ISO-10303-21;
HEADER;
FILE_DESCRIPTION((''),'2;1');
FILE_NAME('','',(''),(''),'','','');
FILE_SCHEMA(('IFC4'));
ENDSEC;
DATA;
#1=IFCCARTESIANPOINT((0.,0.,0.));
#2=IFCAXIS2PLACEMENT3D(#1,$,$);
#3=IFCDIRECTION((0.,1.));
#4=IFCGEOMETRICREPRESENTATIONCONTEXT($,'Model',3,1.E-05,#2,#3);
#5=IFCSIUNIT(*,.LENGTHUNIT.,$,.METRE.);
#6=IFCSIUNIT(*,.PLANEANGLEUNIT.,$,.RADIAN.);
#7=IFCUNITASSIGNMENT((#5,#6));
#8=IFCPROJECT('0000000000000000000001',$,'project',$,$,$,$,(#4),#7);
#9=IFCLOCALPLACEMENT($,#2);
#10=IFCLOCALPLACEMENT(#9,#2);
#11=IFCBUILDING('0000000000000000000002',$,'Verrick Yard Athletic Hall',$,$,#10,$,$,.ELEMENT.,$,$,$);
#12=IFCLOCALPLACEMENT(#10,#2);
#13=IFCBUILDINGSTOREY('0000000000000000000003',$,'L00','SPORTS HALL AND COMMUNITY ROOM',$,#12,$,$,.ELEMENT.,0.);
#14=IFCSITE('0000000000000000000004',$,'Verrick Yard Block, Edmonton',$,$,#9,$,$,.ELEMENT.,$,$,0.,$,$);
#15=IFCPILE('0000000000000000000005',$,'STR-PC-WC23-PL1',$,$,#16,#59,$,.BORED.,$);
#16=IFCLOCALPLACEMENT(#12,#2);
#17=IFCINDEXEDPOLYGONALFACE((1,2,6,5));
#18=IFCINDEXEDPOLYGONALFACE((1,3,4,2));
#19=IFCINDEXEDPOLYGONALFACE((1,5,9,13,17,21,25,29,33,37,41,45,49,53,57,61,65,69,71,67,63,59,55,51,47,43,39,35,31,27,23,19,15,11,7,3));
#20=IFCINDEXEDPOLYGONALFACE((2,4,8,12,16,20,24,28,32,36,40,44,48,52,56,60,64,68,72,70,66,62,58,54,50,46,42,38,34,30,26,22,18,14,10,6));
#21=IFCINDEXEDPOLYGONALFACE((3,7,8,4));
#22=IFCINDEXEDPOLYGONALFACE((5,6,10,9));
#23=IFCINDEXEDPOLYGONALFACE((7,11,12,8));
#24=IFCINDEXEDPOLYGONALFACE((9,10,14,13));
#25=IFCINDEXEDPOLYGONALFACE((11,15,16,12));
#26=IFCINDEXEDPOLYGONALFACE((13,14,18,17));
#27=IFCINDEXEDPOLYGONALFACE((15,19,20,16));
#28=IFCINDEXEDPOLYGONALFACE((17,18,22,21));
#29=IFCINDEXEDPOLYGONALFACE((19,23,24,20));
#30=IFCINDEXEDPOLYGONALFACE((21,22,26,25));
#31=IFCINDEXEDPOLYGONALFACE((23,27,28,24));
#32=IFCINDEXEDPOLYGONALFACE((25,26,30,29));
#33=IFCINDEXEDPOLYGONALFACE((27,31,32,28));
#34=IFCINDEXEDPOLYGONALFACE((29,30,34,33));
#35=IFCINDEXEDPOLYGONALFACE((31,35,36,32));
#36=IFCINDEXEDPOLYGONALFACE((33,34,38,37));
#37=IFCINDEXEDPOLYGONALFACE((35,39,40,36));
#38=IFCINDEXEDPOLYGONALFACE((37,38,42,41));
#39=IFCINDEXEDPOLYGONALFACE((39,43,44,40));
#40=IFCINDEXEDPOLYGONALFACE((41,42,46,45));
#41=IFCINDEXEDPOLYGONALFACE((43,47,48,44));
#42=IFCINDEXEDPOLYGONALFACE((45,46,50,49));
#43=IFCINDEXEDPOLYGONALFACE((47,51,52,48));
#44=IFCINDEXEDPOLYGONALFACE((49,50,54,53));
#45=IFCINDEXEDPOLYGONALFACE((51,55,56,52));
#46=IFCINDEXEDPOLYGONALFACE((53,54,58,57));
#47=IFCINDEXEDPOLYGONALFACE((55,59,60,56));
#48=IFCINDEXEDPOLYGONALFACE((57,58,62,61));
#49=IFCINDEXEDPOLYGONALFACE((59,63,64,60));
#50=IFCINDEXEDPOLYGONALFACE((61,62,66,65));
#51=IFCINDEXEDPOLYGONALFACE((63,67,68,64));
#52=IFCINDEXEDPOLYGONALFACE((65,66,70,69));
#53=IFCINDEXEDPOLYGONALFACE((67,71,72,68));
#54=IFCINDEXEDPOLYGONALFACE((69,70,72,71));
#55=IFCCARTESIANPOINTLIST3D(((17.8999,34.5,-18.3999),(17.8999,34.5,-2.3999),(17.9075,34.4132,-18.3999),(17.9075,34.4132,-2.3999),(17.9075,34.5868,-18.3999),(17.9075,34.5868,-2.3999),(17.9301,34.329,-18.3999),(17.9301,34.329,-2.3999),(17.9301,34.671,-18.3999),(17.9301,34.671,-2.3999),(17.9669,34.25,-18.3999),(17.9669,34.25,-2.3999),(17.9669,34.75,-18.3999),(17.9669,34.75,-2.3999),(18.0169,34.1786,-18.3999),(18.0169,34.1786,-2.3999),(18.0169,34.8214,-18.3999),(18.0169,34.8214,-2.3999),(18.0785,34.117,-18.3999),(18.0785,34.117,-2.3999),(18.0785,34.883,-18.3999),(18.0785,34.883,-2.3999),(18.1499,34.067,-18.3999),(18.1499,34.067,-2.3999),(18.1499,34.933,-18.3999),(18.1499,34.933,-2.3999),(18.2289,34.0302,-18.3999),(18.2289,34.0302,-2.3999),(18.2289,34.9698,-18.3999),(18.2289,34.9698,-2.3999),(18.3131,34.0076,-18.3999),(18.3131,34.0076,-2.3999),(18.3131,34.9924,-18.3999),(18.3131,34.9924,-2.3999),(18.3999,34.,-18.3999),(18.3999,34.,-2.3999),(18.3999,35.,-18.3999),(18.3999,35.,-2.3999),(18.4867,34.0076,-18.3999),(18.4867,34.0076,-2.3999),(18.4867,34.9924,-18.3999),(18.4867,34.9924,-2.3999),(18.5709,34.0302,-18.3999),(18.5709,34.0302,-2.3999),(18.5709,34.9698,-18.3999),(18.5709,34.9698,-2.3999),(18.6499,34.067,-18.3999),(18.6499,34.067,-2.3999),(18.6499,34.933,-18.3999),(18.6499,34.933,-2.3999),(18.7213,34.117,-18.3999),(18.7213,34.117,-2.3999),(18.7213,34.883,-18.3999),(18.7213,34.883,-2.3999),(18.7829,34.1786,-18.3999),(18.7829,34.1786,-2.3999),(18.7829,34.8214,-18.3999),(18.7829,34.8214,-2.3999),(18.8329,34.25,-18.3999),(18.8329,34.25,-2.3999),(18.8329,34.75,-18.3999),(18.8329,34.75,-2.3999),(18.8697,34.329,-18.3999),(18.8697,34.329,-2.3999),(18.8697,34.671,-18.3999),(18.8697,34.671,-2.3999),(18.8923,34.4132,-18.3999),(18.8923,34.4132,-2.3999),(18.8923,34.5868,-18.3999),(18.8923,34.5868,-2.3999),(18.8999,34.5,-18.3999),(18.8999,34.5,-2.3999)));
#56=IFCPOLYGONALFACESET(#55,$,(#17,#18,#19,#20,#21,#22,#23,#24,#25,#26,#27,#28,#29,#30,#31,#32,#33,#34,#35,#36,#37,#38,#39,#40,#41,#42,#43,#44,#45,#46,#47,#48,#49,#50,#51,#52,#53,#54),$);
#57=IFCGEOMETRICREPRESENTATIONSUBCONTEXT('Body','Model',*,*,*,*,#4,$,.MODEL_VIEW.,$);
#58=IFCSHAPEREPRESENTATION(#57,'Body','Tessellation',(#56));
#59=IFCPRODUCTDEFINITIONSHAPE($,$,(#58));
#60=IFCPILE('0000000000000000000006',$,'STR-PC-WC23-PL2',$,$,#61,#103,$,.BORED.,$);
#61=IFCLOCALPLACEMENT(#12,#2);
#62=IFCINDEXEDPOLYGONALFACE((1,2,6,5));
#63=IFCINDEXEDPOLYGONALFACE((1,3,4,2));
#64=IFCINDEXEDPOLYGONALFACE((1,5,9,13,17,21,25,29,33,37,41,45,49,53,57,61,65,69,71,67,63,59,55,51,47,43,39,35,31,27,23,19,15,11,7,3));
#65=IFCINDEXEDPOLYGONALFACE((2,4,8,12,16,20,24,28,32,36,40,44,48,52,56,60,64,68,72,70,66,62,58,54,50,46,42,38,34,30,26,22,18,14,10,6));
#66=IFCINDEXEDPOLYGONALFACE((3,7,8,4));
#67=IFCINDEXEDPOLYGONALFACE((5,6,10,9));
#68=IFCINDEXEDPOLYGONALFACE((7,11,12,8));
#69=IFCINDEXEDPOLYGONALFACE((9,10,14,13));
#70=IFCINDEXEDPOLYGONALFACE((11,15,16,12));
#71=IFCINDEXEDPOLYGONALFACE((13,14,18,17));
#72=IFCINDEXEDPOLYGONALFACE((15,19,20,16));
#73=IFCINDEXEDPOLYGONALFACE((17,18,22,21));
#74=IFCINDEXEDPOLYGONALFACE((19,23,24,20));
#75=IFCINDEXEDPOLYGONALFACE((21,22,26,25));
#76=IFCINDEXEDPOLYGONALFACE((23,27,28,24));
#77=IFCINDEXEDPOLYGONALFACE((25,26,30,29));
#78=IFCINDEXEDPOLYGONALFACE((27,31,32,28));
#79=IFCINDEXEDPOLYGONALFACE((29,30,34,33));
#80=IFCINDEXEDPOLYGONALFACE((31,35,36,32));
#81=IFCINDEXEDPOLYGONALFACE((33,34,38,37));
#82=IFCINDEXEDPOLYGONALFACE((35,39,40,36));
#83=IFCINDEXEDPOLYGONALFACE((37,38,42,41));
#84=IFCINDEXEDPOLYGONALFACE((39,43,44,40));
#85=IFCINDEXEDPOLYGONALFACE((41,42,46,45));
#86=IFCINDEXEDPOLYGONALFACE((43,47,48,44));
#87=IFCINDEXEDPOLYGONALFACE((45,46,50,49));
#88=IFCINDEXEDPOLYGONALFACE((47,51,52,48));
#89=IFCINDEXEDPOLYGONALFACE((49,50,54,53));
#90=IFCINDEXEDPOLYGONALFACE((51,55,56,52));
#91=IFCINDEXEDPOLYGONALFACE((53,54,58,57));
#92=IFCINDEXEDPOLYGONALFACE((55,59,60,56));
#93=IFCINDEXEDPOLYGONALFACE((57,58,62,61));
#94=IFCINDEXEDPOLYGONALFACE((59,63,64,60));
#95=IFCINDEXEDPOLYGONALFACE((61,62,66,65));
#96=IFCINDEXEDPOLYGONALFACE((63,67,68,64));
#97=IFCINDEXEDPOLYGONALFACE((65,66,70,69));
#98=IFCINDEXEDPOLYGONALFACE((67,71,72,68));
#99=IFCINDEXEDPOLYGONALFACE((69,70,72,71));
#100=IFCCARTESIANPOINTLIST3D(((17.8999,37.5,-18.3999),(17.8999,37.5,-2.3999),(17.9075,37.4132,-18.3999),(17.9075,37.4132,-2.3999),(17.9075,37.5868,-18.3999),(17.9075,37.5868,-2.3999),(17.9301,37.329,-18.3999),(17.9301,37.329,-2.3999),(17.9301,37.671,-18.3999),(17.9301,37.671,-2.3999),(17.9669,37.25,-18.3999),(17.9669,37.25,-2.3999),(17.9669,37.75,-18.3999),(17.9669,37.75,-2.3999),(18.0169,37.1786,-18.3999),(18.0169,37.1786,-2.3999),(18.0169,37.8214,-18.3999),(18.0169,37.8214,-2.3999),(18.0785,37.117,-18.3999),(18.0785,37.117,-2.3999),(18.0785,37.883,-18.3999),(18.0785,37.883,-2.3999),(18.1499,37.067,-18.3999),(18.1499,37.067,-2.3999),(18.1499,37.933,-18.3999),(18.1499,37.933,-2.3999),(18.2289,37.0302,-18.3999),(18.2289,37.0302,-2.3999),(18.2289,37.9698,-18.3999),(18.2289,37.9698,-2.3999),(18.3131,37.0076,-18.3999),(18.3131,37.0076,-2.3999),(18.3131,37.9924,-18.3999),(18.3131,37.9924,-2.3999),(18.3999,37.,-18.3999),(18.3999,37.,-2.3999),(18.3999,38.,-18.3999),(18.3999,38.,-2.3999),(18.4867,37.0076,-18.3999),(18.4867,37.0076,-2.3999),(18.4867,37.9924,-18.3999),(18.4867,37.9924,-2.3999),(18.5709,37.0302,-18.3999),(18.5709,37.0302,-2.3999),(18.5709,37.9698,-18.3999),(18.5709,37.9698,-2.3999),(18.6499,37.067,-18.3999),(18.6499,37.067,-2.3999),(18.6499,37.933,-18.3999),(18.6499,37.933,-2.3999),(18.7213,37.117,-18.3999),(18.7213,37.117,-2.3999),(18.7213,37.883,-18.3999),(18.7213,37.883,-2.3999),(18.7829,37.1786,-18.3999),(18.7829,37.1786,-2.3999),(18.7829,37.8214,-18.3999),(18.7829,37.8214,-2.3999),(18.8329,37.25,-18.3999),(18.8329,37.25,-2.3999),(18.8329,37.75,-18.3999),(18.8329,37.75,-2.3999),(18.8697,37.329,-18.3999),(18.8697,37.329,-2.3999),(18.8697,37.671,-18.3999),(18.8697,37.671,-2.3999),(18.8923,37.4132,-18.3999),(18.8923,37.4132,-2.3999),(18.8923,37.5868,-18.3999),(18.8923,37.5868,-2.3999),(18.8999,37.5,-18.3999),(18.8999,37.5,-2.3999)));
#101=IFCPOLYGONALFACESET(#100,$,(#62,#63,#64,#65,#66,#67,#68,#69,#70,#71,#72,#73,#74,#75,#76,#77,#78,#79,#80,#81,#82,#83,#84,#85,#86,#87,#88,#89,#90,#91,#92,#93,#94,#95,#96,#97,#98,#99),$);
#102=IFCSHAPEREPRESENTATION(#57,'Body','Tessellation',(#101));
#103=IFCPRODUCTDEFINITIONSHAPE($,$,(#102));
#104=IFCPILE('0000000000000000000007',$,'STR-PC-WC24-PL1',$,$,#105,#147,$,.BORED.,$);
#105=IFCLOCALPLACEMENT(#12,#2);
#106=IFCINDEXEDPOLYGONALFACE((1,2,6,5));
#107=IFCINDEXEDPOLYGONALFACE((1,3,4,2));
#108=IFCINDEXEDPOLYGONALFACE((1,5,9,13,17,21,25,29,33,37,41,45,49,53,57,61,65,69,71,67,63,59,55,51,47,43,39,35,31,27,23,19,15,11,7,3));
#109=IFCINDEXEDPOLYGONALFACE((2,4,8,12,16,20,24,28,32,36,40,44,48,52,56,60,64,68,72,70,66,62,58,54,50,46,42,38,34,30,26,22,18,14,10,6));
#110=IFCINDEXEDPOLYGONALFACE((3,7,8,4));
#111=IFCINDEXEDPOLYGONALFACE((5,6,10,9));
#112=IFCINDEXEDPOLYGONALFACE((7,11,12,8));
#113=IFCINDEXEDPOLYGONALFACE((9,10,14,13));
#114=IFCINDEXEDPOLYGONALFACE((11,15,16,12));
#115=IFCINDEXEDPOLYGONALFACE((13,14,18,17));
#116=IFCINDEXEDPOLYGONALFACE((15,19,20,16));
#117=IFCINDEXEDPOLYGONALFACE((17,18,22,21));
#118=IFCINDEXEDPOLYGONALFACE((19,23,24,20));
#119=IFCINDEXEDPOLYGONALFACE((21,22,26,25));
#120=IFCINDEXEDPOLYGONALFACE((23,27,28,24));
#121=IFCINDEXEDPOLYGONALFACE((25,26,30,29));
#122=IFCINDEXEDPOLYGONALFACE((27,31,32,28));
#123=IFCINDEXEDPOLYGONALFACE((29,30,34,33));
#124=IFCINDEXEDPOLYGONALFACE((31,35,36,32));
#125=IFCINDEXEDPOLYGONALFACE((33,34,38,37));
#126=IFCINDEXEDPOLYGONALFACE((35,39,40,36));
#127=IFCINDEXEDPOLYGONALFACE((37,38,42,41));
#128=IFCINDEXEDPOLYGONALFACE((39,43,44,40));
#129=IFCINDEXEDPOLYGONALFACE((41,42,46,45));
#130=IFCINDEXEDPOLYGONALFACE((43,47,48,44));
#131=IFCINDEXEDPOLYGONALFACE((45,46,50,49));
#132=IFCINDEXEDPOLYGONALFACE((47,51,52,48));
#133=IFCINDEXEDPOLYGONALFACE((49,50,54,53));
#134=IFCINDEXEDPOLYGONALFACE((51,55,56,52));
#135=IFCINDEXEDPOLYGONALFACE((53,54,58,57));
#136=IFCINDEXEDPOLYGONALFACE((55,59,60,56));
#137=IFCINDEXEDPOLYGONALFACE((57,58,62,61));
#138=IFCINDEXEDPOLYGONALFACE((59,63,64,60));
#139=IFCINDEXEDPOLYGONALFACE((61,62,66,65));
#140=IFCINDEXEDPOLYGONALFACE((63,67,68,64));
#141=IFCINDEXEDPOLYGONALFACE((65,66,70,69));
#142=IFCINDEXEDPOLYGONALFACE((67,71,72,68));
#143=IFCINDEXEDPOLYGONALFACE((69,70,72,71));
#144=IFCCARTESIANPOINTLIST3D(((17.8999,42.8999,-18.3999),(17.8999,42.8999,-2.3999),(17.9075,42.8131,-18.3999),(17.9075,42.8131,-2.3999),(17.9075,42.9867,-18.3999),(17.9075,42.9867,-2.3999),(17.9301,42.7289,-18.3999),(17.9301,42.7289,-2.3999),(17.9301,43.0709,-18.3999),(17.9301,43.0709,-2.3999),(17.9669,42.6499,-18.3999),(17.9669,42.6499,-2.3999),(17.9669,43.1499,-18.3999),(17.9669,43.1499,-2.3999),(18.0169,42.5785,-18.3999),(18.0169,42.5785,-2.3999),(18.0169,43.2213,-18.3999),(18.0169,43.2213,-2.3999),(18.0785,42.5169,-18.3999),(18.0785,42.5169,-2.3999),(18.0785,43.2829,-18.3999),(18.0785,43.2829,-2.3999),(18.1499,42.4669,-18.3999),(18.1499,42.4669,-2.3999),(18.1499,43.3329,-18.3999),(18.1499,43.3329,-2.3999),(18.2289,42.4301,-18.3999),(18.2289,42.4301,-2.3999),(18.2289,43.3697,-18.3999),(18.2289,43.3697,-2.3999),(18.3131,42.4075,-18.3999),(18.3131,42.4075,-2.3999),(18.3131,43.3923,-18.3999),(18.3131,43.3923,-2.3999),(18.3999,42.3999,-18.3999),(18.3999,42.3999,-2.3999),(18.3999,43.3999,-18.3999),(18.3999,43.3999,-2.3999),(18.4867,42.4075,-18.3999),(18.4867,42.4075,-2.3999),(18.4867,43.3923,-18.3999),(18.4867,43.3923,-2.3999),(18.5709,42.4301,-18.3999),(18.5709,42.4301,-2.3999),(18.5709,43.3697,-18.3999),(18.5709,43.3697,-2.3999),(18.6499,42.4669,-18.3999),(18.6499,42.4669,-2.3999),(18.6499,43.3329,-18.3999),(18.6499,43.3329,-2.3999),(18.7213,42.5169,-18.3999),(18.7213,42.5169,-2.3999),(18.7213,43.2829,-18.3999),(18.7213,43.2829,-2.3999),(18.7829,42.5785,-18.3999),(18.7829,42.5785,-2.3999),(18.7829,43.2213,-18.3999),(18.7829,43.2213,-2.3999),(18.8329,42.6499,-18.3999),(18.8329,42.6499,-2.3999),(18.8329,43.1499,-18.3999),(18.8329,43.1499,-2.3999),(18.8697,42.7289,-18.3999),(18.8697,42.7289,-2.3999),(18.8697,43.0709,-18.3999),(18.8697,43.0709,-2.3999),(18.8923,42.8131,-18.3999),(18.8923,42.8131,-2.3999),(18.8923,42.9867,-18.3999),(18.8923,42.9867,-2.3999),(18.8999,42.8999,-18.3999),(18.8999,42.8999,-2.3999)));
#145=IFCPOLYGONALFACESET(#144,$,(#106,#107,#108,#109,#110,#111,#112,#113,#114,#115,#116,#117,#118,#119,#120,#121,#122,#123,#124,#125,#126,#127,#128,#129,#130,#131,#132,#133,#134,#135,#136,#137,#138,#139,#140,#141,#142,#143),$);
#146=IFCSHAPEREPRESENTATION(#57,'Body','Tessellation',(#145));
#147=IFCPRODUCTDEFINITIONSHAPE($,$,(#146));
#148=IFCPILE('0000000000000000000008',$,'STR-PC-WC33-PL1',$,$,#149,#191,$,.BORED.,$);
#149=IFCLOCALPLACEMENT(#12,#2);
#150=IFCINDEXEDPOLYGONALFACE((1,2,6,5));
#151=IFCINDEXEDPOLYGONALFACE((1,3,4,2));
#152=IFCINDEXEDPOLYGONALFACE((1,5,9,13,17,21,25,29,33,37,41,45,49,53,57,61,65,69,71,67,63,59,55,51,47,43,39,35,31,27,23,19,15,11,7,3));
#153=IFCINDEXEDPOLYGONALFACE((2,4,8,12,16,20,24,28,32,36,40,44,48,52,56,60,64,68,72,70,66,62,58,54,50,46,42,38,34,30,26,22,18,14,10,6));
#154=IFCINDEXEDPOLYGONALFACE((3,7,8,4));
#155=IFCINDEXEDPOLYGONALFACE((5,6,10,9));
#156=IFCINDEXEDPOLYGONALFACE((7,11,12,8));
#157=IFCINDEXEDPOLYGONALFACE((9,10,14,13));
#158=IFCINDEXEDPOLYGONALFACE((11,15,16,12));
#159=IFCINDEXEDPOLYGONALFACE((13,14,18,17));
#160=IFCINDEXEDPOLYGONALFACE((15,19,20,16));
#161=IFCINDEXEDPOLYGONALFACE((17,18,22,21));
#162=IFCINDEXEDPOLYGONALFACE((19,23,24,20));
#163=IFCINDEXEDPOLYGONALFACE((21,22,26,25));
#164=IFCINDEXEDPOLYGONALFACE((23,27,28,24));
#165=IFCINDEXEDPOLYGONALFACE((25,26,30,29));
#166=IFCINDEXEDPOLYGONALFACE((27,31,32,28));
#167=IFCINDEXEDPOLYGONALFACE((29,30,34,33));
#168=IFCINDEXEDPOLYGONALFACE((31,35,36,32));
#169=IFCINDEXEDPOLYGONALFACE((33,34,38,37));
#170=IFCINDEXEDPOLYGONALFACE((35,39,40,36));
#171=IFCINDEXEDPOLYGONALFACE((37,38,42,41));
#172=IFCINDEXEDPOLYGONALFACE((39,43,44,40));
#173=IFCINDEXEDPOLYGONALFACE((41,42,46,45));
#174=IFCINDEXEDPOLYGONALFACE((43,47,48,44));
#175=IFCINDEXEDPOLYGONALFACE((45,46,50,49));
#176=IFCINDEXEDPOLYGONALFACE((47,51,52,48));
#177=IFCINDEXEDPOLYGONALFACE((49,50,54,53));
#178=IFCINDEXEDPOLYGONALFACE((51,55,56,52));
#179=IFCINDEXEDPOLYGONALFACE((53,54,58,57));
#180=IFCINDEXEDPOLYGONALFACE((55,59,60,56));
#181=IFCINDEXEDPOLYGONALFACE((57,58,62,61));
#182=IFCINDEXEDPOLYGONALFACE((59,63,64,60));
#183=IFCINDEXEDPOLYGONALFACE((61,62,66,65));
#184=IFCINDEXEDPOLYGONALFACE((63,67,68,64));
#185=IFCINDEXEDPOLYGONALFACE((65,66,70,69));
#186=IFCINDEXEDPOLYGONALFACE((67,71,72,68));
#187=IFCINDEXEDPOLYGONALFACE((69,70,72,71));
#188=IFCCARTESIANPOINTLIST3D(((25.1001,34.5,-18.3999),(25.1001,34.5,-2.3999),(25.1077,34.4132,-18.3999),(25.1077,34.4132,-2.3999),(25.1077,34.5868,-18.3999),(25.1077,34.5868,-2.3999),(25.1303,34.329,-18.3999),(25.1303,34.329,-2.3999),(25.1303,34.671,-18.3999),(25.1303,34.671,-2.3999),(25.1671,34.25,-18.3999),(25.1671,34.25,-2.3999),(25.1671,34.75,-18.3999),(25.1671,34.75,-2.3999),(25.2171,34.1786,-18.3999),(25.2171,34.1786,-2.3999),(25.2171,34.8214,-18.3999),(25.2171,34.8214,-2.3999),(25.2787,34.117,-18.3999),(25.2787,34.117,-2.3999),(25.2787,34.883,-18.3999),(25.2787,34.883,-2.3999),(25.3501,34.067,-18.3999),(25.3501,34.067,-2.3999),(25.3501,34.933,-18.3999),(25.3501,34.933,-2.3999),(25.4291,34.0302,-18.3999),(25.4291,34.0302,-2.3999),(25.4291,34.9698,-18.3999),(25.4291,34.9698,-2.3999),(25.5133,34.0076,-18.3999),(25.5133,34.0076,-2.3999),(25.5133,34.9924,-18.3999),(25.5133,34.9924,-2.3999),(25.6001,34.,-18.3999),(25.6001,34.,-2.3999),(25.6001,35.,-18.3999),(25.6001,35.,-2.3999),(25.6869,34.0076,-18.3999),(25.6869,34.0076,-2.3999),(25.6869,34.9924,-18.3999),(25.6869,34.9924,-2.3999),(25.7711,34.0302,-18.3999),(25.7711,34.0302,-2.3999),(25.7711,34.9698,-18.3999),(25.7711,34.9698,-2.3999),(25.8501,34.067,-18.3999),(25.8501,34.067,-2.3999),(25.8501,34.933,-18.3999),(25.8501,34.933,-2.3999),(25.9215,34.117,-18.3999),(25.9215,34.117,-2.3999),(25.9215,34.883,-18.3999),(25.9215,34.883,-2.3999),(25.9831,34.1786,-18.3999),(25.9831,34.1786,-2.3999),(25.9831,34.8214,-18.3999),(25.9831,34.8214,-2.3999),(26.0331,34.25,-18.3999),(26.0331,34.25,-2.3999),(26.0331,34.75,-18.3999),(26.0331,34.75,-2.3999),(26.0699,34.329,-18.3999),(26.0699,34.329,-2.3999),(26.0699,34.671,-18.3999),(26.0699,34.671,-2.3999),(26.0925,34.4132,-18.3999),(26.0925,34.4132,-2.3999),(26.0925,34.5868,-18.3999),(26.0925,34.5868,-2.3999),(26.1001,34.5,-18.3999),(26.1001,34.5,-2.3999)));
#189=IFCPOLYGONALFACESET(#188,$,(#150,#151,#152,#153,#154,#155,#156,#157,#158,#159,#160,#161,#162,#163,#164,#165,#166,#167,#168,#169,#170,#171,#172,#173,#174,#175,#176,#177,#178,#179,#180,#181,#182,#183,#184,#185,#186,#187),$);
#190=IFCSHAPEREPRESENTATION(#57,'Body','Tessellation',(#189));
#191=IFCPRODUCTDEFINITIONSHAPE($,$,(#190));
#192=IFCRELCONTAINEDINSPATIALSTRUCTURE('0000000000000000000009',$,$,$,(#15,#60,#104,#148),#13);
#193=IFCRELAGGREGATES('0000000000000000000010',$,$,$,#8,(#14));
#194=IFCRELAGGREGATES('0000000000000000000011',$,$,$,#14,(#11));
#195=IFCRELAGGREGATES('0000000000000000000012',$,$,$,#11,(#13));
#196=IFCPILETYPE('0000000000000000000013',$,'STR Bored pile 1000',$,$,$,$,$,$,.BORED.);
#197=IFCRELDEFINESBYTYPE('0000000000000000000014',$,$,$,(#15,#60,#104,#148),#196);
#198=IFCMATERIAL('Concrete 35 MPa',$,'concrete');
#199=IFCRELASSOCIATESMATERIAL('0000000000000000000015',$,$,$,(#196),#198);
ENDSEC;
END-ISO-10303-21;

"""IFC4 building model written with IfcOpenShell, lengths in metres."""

from ifc_helpers import new_model, si_unit, direction, frame, origin, origin_2d, place, context, subcontext, project, spatial, circle, extrude, material, type_object, element, save


model = new_model("IFC4")

# Units and contexts
model_context = context("Model", 3, precision=1e-05, world=origin(), true_north=direction((0.0, 1.0)))
body_context = subcontext(model_context, "Body", "Model", "MODEL_VIEW")
ifc_project = project(units=[si_unit("LENGTHUNIT", "METRE"), si_unit("PLANEANGLEUNIT", "RADIAN")], contexts=[model_context])

# Site, building, storey
site_placement = place(None, origin())
site = spatial("IfcSite", under=ifc_project, at=site_placement, Name="Verrick Yard Block, Edmonton", CompositionType="ELEMENT", RefElevation=0.0)
building_placement = place(site_placement, origin())
building = spatial("IfcBuilding", under=site, at=building_placement, Name="Verrick Yard Athletic Hall", CompositionType="ELEMENT")
storey_placement = place(building_placement, origin())
storey = spatial("IfcBuildingStorey", under=building, at=storey_placement, Name="L00", Description="SPORTS HALL AND COMMUNITY ROOM", CompositionType="ELEMENT", Elevation=0.0)

# Piles
ifc_material_1 = material(Name="Concrete 35 MPa", Category="concrete")
pile_type = type_object("IfcPileType", Name="STR Bored pile 1000", PredefinedType="BORED", material=ifc_material_1)
for number, where, z_axis, x_axis, name in (
    (1, (18.3999, 34.5, -2.3999), (0.0, 0.0, -1.0), (1.0, 0.0, 0.0), "STR-PC-WC23-PL1"),
    (2, (18.3999, 37.5, -2.3999), (0.0, 0.0, -1.0), (1.0, 0.0, 0.0), "STR-PC-WC23-PL2"),
    (3, (18.3999, 42.8999, -2.3999), (0.0, 0.0, -1.0), (1.0, 0.0, 0.0), "STR-PC-WC24-PL1"),
    (4, (25.6001, 34.5, -2.3999), (0.0, 0.0, -1.0), (1.0, 0.0, 0.0), "STR-PC-WC33-PL1"),
):
    element("IfcPile", number, at=place(storey_placement, frame(where, z_axis=z_axis, x_axis=x_axis)), inside=storey, type_object=pile_type, Name=name, PredefinedType="BORED", context=body_context, shape_type="SweptSolid", body=[
        extrude(circle(Radius=0.5, at=origin_2d()), origin(), (0.0, 0.0, 1.0), 16.0),
    ])

save(model, "model.ifc")
